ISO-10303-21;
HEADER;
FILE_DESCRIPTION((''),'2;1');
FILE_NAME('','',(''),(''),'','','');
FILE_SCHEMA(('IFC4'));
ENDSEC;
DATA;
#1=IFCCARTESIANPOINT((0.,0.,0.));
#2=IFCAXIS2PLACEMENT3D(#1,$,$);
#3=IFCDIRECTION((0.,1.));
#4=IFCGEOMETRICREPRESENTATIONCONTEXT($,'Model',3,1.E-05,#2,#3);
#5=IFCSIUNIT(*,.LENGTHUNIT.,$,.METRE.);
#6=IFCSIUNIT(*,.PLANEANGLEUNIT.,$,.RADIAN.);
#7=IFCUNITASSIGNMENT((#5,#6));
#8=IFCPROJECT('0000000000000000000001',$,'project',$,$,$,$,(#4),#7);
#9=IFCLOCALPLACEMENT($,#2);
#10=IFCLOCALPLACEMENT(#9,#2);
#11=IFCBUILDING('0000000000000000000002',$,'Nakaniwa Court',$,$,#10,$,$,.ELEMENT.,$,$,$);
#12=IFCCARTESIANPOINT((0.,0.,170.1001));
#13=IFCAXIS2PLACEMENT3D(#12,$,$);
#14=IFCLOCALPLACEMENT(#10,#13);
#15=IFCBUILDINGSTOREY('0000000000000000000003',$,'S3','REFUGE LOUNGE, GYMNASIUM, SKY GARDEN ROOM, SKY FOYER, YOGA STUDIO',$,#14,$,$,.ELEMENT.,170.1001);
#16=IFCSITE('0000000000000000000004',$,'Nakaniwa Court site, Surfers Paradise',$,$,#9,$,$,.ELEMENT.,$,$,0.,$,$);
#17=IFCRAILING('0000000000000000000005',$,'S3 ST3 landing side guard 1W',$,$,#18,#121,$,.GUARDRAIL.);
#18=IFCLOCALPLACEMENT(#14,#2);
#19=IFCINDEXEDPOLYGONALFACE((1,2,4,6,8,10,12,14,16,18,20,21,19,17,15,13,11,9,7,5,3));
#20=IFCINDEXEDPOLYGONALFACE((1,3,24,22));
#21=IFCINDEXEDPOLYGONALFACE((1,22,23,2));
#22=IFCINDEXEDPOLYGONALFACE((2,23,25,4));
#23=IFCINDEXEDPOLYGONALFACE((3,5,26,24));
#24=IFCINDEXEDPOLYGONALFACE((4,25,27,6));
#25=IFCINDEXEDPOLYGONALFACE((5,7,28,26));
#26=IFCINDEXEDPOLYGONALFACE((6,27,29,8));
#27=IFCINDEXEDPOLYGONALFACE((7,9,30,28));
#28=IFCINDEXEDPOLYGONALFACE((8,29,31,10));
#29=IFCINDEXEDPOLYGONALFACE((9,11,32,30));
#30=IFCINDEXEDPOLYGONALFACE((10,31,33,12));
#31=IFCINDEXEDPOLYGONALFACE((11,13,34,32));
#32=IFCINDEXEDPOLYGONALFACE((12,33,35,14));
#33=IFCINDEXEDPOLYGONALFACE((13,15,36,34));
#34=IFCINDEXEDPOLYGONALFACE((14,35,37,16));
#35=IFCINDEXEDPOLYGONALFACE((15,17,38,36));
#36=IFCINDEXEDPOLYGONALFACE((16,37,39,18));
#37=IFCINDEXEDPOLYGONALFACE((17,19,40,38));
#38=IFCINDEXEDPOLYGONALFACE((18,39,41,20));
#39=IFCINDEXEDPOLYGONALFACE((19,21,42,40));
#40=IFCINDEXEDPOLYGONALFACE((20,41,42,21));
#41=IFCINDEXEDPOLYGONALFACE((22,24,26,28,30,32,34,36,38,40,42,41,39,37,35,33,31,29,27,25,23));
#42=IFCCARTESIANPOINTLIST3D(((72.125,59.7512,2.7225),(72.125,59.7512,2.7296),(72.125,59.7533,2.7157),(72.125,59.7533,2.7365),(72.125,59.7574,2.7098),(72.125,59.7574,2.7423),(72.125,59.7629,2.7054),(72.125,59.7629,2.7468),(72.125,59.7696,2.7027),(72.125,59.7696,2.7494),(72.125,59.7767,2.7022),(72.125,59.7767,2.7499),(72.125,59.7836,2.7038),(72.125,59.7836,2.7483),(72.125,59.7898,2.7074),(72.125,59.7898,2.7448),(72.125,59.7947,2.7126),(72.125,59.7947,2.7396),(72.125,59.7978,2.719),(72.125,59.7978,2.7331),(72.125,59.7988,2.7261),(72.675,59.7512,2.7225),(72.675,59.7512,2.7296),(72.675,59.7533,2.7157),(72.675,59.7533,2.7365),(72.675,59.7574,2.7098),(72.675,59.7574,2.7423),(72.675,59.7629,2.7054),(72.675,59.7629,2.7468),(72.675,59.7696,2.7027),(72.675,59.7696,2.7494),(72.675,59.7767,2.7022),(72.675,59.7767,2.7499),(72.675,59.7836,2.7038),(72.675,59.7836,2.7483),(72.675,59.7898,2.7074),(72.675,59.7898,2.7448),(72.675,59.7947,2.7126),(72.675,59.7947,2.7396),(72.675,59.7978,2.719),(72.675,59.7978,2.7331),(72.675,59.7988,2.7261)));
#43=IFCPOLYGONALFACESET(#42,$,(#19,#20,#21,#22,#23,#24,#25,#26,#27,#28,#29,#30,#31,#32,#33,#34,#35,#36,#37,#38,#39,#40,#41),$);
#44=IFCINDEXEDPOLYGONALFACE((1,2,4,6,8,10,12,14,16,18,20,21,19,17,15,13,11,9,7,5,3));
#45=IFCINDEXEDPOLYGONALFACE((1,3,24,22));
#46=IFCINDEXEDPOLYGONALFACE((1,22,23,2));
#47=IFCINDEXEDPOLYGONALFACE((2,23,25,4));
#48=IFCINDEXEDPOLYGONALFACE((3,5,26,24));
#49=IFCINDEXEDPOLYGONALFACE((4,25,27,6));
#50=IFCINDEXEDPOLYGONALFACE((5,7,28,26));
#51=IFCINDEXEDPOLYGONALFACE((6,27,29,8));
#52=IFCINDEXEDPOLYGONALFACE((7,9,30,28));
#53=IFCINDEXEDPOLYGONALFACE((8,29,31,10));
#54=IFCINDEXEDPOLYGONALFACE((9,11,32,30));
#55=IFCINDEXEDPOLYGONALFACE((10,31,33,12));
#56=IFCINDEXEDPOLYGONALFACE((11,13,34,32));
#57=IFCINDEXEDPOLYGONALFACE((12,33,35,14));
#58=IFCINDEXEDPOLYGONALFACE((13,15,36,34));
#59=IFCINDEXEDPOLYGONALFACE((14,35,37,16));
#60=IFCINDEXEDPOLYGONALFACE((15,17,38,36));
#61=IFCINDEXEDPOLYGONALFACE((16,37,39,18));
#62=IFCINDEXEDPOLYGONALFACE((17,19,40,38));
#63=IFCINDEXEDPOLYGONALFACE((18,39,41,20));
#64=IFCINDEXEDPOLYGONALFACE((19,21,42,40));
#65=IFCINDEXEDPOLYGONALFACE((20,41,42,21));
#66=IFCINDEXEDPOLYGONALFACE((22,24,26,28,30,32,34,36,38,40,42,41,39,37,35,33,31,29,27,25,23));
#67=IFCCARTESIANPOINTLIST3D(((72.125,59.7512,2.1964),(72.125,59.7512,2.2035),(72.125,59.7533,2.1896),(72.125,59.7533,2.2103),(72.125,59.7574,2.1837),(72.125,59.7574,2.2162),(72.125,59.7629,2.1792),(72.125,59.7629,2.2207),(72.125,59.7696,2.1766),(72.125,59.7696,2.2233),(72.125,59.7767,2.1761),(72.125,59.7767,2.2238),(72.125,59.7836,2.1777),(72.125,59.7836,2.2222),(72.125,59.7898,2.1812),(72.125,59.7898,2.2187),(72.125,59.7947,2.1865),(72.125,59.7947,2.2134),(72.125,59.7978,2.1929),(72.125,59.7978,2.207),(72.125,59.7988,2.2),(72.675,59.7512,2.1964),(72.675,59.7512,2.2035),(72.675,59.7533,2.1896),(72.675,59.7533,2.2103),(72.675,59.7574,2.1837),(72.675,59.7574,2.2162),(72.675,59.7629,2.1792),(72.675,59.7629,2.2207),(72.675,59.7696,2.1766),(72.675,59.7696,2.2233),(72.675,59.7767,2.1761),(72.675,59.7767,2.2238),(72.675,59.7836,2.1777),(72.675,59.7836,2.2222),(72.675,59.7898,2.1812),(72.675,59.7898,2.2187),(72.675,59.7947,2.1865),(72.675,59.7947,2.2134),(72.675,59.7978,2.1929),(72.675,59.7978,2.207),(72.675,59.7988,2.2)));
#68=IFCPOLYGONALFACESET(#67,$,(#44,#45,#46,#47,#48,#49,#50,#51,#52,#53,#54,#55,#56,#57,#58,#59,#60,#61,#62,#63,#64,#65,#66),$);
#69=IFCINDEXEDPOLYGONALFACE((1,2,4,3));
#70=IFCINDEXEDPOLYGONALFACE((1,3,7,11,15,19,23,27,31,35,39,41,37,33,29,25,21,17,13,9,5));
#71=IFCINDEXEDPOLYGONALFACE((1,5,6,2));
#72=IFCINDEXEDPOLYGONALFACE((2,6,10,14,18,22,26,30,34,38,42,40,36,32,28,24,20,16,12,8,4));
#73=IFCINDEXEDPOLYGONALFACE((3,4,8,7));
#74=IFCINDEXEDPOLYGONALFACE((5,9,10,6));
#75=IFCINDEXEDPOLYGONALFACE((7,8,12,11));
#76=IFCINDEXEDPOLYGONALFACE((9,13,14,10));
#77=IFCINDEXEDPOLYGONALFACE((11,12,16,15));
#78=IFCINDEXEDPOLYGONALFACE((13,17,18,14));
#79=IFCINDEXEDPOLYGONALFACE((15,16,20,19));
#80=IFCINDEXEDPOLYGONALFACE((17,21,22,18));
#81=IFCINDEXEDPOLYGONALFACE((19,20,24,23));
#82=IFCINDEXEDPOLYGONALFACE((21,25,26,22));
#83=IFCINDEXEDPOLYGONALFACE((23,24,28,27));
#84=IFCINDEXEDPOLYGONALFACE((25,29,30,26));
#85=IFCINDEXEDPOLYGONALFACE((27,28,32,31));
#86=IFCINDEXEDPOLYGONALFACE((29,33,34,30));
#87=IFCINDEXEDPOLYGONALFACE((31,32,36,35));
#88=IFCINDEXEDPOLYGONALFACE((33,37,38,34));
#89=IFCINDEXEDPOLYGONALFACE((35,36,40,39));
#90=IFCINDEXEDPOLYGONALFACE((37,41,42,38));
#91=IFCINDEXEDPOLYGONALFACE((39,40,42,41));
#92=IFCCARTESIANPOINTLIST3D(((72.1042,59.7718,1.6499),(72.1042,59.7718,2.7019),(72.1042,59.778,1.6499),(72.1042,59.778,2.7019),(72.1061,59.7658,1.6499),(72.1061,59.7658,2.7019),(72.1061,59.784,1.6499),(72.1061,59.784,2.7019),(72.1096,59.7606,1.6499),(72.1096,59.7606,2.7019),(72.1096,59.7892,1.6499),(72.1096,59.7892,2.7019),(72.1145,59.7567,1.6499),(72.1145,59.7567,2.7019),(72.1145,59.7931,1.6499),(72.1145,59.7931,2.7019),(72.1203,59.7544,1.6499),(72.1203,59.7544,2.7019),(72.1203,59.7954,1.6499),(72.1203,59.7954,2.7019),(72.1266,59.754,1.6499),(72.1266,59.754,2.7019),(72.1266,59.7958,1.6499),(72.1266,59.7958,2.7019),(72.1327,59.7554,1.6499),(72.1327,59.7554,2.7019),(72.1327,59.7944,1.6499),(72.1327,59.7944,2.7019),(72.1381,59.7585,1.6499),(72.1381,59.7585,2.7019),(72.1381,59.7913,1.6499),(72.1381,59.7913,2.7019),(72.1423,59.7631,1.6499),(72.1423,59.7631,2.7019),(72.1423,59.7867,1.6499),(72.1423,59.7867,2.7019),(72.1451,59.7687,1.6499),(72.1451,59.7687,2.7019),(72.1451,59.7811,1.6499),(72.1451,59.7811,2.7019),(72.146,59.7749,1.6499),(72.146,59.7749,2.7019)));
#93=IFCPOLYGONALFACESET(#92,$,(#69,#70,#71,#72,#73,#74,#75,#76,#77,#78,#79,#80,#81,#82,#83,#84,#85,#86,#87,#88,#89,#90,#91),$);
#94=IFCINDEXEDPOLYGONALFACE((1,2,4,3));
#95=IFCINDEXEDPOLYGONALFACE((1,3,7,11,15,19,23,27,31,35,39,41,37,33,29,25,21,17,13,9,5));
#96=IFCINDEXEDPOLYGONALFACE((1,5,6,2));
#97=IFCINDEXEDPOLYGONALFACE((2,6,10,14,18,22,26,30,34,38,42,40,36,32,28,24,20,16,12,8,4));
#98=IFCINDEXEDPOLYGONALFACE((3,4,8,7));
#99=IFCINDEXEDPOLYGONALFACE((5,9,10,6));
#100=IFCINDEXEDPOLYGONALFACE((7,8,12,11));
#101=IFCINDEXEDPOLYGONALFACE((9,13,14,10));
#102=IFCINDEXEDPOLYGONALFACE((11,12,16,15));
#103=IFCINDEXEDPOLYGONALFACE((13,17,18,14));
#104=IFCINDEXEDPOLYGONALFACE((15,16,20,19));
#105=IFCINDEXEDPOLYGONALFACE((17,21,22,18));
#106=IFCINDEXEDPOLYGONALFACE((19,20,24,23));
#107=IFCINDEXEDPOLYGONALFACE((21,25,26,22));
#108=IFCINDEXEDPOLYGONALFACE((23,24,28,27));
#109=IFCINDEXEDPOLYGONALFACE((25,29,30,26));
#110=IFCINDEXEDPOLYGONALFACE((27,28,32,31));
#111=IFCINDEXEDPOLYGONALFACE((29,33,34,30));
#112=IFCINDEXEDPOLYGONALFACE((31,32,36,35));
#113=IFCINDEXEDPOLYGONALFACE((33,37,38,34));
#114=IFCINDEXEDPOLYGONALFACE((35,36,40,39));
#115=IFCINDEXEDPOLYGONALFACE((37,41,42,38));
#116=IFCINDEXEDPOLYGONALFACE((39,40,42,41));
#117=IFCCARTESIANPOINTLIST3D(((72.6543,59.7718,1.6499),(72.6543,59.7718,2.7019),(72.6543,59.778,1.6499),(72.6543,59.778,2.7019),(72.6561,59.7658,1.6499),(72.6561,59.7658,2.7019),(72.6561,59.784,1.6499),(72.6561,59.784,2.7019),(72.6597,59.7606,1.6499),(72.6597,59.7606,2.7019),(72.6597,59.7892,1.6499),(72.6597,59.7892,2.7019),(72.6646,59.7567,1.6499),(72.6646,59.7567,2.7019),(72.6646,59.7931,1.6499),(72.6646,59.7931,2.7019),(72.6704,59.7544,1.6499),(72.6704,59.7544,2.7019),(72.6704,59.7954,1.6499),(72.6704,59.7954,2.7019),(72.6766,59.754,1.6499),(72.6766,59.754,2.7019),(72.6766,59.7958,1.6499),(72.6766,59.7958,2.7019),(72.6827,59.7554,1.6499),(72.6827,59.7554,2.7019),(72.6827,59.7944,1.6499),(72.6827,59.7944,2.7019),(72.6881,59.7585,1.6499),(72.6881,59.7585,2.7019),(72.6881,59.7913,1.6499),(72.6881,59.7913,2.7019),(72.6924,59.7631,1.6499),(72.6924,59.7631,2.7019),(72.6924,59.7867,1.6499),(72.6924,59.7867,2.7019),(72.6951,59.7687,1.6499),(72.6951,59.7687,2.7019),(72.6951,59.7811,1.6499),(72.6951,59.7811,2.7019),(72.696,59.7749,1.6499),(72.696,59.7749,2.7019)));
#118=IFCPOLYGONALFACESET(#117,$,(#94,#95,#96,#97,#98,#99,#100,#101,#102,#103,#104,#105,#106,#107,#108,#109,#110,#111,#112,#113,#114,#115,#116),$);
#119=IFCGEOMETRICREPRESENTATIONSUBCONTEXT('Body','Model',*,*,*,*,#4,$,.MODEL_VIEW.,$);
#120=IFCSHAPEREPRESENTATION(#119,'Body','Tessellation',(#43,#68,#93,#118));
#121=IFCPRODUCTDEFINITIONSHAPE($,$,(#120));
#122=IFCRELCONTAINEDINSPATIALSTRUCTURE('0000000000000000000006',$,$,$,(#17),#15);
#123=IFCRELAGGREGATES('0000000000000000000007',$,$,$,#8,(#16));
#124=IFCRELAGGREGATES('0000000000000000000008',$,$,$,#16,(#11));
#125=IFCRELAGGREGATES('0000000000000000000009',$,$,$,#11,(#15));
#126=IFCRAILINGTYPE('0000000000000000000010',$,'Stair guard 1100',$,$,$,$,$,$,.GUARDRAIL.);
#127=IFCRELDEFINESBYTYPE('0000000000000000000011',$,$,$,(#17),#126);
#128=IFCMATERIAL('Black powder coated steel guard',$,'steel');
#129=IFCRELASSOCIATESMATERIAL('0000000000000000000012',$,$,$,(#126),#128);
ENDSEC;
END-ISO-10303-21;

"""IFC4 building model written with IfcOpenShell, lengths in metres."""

from ifc_helpers import new_model, si_unit, direction, frame, origin, origin_2d, place, context, subcontext, project, spatial, circle, extrude, material, type_object, element, save


model = new_model("IFC4")

# Units and contexts
model_context = context("Model", 3, precision=1e-05, world=origin(), true_north=direction((0.0, 1.0)))
body_context = subcontext(model_context, "Body", "Model", "MODEL_VIEW")
ifc_project = project(units=[si_unit("LENGTHUNIT", "METRE"), si_unit("PLANEANGLEUNIT", "RADIAN")], contexts=[model_context])

# Site, building, storey
site_placement = place(None, origin())
site = spatial("IfcSite", under=ifc_project, at=site_placement, Name="Nakaniwa Court site, Surfers Paradise", CompositionType="ELEMENT", RefElevation=0.0)
building_placement = place(site_placement, origin())
building = spatial("IfcBuilding", under=site, at=building_placement, Name="Nakaniwa Court", CompositionType="ELEMENT")
storey_placement = place(building_placement, frame((0.0, 0.0, 170.1001)))
storey = spatial("IfcBuildingStorey", under=building, at=storey_placement, Name="S3", Description="REFUGE LOUNGE, GYMNASIUM, SKY GARDEN ROOM, SKY FOYER, YOGA STUDIO", CompositionType="ELEMENT", Elevation=170.1001)

# Railing
ifc_material_1 = material(Name="Black powder coated steel guard", Category="steel")
railing_type_1 = type_object("IfcRailingType", Name="Stair guard 1100", PredefinedType="GUARDRAIL", material=ifc_material_1)
railing_1_placement = place(storey_placement, frame((72.125, 59.7749, 1.6499)))
element("IfcRailing", 1, at=railing_1_placement, inside=storey, type_object=railing_type_1, Name="S3 ST3 landing side guard 1W", PredefinedType="GUARDRAIL", context=body_context, shape_type="SweptSolid", body=[
    extrude(circle(Radius=0.0239, at=origin_2d()), frame((0.0, 0.0, 1.0762), z_axis=(1.0, 0.0, 0.0), x_axis=(0.0, 1.0, 0.0)), (0.0, 0.0, 1.0), 0.55),
    extrude(circle(Radius=0.0239, at=origin_2d()), frame((0.0, 0.0, 0.55), z_axis=(1.0, 0.0, 0.0), x_axis=(0.0, 1.0, 0.0)), (0.0, 0.0, 1.0), 0.55),
    extrude(circle(Radius=0.021, at=origin_2d()), origin(), (0.0, 0.0, 1.0), 1.052),
    extrude(circle(Radius=0.021, at=origin_2d()), frame((0.55, 0.0, 0.0)), (0.0, 0.0, 1.0), 1.052),
])

save(model, "model.ifc")
